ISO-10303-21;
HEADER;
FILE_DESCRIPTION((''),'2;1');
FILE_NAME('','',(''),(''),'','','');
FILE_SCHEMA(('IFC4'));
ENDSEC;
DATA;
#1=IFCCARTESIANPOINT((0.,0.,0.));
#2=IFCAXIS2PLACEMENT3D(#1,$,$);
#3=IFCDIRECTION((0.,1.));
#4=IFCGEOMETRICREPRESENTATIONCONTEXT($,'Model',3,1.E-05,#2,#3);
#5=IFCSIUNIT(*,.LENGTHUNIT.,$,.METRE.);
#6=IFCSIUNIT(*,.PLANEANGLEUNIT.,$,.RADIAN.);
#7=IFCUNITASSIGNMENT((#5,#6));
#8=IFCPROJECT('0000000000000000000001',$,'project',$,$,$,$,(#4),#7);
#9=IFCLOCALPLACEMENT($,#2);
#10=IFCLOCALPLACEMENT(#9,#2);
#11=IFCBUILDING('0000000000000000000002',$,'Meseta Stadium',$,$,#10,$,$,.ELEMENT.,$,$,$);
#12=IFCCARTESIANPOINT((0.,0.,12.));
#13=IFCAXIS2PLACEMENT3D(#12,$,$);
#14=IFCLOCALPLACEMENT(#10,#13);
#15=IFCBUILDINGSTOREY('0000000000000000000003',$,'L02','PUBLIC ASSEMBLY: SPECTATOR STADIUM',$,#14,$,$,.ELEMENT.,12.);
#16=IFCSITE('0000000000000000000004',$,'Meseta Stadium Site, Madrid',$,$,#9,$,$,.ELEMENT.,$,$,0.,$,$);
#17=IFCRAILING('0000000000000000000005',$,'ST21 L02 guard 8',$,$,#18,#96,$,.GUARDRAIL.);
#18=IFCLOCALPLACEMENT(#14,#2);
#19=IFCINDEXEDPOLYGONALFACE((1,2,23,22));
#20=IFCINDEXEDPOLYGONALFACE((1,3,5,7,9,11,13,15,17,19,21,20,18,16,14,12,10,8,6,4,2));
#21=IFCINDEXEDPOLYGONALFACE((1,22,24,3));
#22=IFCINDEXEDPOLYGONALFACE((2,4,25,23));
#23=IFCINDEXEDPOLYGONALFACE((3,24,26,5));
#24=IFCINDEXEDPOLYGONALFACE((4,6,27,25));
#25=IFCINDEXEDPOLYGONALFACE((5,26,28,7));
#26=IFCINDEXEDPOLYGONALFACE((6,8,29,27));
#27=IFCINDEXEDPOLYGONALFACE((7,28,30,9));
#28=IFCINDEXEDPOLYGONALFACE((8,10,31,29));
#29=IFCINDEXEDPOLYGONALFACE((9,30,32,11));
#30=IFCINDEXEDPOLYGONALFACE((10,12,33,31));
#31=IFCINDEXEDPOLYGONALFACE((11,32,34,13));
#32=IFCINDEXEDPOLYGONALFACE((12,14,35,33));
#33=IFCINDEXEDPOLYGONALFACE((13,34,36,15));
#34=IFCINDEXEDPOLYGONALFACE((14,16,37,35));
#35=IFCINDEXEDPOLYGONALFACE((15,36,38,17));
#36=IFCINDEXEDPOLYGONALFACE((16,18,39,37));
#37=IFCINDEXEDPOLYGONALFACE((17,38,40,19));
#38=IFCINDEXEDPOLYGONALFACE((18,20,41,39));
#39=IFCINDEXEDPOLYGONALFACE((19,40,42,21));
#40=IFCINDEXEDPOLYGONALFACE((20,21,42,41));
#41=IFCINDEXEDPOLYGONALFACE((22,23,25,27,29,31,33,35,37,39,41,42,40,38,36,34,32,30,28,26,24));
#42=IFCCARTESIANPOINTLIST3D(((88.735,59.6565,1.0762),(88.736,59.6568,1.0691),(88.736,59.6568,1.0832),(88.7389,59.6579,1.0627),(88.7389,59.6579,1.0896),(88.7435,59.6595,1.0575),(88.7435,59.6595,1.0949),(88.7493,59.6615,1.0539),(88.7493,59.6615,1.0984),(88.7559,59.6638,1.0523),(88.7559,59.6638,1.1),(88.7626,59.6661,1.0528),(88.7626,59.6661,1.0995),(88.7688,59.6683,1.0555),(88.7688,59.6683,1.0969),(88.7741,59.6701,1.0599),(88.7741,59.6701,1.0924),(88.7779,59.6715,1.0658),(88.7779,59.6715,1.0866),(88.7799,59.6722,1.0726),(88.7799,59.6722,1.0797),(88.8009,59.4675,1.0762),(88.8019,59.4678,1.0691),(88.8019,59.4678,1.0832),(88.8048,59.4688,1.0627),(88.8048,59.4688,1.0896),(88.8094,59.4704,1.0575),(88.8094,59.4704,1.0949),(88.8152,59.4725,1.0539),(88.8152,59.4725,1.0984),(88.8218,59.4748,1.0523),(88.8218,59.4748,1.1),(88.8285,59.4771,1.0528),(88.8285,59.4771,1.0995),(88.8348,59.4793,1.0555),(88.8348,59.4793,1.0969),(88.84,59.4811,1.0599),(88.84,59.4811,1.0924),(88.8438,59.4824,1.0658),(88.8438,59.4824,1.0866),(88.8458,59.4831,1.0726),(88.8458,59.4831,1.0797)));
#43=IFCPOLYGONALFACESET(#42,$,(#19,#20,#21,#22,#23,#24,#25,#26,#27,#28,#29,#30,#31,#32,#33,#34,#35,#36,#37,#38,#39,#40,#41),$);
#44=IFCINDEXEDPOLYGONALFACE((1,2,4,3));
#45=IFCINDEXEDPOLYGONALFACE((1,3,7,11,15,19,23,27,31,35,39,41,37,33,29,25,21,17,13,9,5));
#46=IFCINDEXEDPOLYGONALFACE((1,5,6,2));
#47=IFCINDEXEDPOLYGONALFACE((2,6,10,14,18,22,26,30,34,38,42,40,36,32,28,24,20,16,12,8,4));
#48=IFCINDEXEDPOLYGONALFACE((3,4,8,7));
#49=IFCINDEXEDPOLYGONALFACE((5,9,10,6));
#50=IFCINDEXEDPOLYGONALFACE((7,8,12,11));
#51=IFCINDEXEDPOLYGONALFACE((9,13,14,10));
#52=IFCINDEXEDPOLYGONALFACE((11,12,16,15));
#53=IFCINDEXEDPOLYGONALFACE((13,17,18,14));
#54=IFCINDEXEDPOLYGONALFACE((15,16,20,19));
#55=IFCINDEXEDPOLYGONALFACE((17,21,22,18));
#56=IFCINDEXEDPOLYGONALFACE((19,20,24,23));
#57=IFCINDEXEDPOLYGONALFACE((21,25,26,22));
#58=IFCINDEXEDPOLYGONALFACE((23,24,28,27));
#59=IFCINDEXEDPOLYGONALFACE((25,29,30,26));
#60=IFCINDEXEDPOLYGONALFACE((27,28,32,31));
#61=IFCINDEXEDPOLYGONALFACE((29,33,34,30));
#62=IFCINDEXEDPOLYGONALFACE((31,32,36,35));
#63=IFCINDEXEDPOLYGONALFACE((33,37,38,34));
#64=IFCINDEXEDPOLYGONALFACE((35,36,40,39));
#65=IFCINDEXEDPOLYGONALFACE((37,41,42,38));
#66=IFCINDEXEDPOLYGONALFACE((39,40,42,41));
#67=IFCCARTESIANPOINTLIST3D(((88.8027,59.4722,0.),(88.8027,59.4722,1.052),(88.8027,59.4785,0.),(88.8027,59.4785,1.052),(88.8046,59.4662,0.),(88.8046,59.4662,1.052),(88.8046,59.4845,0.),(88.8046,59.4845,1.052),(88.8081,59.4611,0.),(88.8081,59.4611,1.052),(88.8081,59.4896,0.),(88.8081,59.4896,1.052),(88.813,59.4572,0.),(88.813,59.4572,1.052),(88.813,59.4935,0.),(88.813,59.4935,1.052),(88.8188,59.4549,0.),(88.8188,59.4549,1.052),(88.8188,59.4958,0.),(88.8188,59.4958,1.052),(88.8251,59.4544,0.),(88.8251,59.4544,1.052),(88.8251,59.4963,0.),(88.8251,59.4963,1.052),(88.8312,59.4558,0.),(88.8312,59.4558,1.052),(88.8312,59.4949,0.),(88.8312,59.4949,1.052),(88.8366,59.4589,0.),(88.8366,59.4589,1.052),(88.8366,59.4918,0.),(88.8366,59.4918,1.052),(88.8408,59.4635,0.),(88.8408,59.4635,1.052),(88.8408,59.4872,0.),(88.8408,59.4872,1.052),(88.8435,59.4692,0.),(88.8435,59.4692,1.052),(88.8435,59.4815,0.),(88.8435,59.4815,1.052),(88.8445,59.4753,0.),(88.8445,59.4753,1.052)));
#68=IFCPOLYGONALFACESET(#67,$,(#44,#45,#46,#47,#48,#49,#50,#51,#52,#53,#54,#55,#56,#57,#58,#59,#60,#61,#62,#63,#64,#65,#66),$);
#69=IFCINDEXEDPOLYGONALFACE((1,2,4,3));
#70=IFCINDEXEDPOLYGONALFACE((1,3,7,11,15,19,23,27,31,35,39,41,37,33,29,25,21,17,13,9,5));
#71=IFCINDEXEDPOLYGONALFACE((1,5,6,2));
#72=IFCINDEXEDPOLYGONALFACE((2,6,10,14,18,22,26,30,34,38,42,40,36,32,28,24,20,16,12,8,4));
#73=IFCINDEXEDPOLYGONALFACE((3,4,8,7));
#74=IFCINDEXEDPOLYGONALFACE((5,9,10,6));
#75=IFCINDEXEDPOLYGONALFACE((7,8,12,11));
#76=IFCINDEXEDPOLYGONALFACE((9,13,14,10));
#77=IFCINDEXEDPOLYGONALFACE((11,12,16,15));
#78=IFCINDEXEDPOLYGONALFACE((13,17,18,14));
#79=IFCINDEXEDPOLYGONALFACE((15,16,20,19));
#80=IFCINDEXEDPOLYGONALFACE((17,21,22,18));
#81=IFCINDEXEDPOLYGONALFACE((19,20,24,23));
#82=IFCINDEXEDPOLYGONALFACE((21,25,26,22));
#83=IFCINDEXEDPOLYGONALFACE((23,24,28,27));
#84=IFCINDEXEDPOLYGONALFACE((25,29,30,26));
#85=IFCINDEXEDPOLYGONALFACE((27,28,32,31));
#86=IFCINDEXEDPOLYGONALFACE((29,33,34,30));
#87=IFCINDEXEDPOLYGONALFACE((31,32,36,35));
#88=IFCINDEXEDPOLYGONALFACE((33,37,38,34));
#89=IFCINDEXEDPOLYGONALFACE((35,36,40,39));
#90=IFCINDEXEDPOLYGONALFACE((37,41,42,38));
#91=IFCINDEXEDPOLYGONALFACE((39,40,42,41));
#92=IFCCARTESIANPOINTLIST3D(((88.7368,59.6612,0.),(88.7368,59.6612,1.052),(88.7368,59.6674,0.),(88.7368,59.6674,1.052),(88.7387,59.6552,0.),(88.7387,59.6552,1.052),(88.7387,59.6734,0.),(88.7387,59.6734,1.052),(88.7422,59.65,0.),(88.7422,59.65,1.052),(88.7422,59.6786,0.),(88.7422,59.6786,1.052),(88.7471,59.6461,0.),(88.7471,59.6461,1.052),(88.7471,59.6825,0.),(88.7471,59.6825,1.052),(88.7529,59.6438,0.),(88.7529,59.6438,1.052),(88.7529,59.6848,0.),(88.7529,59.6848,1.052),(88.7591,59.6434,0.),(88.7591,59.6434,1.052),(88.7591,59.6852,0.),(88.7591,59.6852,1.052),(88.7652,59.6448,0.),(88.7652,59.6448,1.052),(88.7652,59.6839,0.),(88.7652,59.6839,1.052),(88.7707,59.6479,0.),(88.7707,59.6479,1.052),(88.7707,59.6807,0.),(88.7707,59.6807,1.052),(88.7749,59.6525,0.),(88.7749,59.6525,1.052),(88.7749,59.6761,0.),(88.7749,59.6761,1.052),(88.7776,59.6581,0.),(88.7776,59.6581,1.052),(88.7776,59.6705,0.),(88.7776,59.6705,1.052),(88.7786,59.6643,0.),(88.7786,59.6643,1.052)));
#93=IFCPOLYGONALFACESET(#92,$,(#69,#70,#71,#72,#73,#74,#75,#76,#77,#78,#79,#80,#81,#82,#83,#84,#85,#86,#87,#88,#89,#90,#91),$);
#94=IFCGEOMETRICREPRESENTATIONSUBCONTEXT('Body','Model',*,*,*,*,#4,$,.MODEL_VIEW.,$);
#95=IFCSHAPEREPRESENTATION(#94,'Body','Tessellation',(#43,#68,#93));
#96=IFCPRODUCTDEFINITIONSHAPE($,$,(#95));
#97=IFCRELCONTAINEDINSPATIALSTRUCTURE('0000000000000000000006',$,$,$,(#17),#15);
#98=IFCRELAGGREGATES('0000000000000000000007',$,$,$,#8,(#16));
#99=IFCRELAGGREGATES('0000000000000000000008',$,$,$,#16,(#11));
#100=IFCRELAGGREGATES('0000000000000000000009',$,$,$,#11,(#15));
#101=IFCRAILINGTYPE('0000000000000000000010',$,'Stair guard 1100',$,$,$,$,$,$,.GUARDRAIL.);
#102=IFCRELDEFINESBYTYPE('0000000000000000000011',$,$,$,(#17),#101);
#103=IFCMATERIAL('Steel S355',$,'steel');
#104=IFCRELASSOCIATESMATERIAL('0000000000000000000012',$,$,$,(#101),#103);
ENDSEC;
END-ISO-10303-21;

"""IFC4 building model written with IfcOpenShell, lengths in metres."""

from ifc_helpers import new_model, si_unit, direction, frame, origin, origin_2d, place, context, subcontext, project, spatial, circle, extrude, material, type_object, element, save


model = new_model("IFC4")

# Units and contexts
model_context = context("Model", 3, precision=1e-05, world=origin(), true_north=direction((0.0, 1.0)))
body_context = subcontext(model_context, "Body", "Model", "MODEL_VIEW")
ifc_project = project(units=[si_unit("LENGTHUNIT", "METRE"), si_unit("PLANEANGLEUNIT", "RADIAN")], contexts=[model_context])

# Site, building, storey
site_placement = place(None, origin())
site = spatial("IfcSite", under=ifc_project, at=site_placement, Name="Meseta Stadium Site, Madrid", CompositionType="ELEMENT", RefElevation=0.0)
building_placement = place(site_placement, origin())
building = spatial("IfcBuilding", under=site, at=building_placement, Name="Meseta Stadium", CompositionType="ELEMENT")
storey_placement = place(building_placement, frame((0.0, 0.0, 12.0)))
storey = spatial("IfcBuildingStorey", under=building, at=storey_placement, Name="L02", Description="PUBLIC ASSEMBLY: SPECTATOR STADIUM", CompositionType="ELEMENT", Elevation=12.0)

# Railing
ifc_material_1 = material(Name="Steel S355", Category="steel")
railing_type_1 = type_object("IfcRailingType", Name="Stair guard 1100", PredefinedType="GUARDRAIL", material=ifc_material_1)
railing_1_placement = place(storey_placement, frame((88.8235, 59.4753, 0.0)))
element("IfcRailing", 1, at=railing_1_placement, inside=storey, type_object=railing_type_1, Name="ST21 L02 guard 8", PredefinedType="GUARDRAIL", context=body_context, shape_type="SweptSolid", body=[
    extrude(circle(Radius=0.0239, at=origin_2d()), frame((0.0, 0.0, 1.0762), z_axis=(-0.329372, 0.9442, 0.0), x_axis=(-0.9442, -0.329372, 0.0)), (0.0, 0.0, 1.0), 0.2002),
    extrude(circle(Radius=0.021, at=origin_2d()), origin(), (0.0, 0.0, 1.0), 1.052),
    extrude(circle(Radius=0.021, at=origin_2d()), frame((-0.0659, 0.189, 0.0)), (0.0, 0.0, 1.0), 1.052),
])

save(model, "model.ifc")
